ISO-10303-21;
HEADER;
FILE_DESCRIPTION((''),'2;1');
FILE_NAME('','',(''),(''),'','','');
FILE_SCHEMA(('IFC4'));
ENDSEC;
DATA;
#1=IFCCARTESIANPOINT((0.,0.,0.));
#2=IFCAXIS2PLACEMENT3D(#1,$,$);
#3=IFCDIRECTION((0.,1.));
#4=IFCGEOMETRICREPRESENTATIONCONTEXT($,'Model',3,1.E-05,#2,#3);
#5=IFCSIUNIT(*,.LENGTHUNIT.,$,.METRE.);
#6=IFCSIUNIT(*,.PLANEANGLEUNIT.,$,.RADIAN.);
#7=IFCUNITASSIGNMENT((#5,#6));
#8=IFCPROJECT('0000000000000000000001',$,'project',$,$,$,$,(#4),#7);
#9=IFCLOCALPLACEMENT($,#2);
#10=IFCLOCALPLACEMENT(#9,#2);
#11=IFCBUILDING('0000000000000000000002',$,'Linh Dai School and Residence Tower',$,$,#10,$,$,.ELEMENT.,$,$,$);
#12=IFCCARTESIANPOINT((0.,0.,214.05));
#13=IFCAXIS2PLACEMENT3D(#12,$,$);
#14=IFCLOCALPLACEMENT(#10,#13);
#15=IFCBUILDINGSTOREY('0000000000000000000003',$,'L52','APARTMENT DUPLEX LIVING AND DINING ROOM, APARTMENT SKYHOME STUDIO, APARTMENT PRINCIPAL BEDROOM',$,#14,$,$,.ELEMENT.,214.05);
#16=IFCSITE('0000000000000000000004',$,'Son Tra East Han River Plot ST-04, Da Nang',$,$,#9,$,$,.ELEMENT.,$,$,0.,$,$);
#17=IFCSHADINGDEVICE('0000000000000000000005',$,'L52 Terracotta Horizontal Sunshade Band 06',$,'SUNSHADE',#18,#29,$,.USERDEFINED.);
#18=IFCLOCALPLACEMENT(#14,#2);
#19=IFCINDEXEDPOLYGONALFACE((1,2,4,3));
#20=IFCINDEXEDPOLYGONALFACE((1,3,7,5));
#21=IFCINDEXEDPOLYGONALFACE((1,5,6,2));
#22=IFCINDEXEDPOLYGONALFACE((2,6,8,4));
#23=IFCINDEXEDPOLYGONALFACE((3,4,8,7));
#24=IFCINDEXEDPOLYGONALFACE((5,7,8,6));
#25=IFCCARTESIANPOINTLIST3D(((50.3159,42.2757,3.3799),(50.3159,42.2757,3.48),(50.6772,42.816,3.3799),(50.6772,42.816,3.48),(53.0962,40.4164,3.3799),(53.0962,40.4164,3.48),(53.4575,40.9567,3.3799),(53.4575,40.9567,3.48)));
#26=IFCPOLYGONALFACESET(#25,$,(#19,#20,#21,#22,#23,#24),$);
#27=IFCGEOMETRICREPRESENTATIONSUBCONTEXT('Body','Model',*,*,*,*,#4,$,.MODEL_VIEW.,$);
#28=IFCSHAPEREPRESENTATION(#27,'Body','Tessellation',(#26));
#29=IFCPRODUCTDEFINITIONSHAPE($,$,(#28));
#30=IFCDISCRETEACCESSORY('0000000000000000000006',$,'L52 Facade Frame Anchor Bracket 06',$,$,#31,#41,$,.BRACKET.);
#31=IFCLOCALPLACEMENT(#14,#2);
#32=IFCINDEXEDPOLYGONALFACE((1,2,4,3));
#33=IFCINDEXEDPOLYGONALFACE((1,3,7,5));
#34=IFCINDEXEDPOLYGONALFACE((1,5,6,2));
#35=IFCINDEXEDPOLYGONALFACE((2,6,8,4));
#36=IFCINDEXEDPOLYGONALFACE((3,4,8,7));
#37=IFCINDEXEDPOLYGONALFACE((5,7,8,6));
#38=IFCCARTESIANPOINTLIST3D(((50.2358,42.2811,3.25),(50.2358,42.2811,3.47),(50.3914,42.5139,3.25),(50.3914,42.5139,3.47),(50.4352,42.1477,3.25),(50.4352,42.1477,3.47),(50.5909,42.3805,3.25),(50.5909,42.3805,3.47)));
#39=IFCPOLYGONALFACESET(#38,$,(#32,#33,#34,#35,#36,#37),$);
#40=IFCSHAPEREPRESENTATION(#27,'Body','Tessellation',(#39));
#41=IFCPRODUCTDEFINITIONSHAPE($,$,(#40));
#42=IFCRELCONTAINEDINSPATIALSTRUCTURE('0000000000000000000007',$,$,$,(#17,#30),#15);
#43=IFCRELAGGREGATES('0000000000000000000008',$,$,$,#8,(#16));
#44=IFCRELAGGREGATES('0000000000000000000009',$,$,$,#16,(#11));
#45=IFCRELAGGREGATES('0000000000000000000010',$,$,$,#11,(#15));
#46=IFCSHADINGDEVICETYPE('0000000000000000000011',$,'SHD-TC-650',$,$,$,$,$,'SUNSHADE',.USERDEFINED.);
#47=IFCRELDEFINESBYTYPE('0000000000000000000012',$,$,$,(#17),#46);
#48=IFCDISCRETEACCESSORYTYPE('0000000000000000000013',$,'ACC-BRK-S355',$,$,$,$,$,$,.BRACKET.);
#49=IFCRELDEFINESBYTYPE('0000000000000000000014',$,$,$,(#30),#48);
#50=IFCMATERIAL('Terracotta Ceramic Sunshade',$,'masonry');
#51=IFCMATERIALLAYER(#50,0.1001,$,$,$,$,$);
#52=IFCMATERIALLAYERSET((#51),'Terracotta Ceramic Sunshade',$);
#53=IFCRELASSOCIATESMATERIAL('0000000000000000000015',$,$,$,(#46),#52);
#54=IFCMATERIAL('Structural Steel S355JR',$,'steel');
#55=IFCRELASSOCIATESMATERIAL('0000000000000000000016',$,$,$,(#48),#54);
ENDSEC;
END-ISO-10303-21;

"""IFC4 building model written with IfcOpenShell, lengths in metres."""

from ifc_helpers import new_model, si_unit, direction, frame, origin, origin_2d, place, context, subcontext, project, spatial, rectangle, extrude, source, transform, mapped, material, layer, layer_set, type_object, element, save


model = new_model("IFC4")

# Units and contexts
model_context = context("Model", 3, precision=1e-05, world=origin(), true_north=direction((0.0, 1.0)))
body_context = subcontext(model_context, "Body", "Model", "MODEL_VIEW")
ifc_project = project(units=[si_unit("LENGTHUNIT", "METRE"), si_unit("PLANEANGLEUNIT", "RADIAN")], contexts=[model_context])

# Site, building, storey
site_placement = place(None, origin())
site = spatial("IfcSite", under=ifc_project, at=site_placement, Name="Son Tra East Han River Plot ST-04, Da Nang", CompositionType="ELEMENT", RefElevation=0.0)
building_placement = place(site_placement, origin())
building = spatial("IfcBuilding", under=site, at=building_placement, Name="Linh Dai School and Residence Tower", CompositionType="ELEMENT")
storey_placement = place(building_placement, frame((0.0, 0.0, 214.05)))
storey = spatial("IfcBuildingStorey", under=building, at=storey_placement, Name="L52", Description="APARTMENT DUPLEX LIVING AND DINING ROOM, APARTMENT SKYHOME STUDIO, APARTMENT PRINCIPAL BEDROOM", CompositionType="ELEMENT", Elevation=214.05)

# Shared definitions
ifc_material_1 = material(Name="Structural Steel S355JR", Category="steel")

# Shading device
ifc_material_2 = material(Name="Terracotta Ceramic Sunshade", Category="masonry")
ifc_layer_1 = layer(ifc_material_2, 0.1001)
ifc_layer_set_1 = layer_set([ifc_layer_1], Name="Terracotta Ceramic Sunshade")
shading_device_type = type_object("IfcShadingDeviceType", Name="SHD-TC-650", ElementType="SUNSHADE", PredefinedType="USERDEFINED", material=ifc_layer_set_1)
shared_shape_1 = source(origin(), body_context, "Body", "SweptSolid", [
    extrude(rectangle(XDim=3.3447, YDim=0.6499, at=origin_2d()), origin(), (0.0, 0.0, 1.0), 0.1001),
])
shading_device_placement = place(storey_placement, frame((51.8867, 41.6162, 3.3799), z_axis=(0.0, 0.0, 1.0), x_axis=(0.831258, -0.555887, 0.0)))
element("IfcShadingDevice", 1, at=shading_device_placement, inside=storey, type_object=shading_device_type, Name="L52 Terracotta Horizontal Sunshade Band 06", ObjectType="SUNSHADE", PredefinedType="USERDEFINED", context=body_context, shape_type="MappedRepresentation", body=[
    mapped(shared_shape_1, transform((0.0, 0.0, 0.0), x_axis=(1.0, 0.0, 0.0), y_axis=(0.0, 1.0, 0.0), z_axis=(0.0, 0.0, 1.0), scale=1.0)),
])

# Discrete accessory
discrete_accessory_type = type_object("IfcDiscreteAccessoryType", Name="ACC-BRK-S355", PredefinedType="BRACKET", material=ifc_material_1)
shared_shape_2 = source(origin(), body_context, "Body", "SweptSolid", [
    extrude(rectangle(XDim=0.28, YDim=0.24, at=origin_2d()), origin(), (0.0, 0.0, 1.0), 0.22),
])
discrete_accessory_placement = place(storey_placement, frame((50.4133, 42.3308, 3.25), z_axis=(0.0, 0.0, 1.0), x_axis=(0.555887, 0.831258, 0.0)))
element("IfcDiscreteAccessory", 2, at=discrete_accessory_placement, inside=storey, type_object=discrete_accessory_type, Name="L52 Facade Frame Anchor Bracket 06", PredefinedType="BRACKET", context=body_context, shape_type="MappedRepresentation", body=[
    mapped(shared_shape_2, transform((0.0, 0.0, 0.0), x_axis=(1.0, 0.0, 0.0), y_axis=(0.0, 1.0, 0.0), z_axis=(0.0, 0.0, 1.0), scale=1.0)),
])

save(model, "model.ifc")
